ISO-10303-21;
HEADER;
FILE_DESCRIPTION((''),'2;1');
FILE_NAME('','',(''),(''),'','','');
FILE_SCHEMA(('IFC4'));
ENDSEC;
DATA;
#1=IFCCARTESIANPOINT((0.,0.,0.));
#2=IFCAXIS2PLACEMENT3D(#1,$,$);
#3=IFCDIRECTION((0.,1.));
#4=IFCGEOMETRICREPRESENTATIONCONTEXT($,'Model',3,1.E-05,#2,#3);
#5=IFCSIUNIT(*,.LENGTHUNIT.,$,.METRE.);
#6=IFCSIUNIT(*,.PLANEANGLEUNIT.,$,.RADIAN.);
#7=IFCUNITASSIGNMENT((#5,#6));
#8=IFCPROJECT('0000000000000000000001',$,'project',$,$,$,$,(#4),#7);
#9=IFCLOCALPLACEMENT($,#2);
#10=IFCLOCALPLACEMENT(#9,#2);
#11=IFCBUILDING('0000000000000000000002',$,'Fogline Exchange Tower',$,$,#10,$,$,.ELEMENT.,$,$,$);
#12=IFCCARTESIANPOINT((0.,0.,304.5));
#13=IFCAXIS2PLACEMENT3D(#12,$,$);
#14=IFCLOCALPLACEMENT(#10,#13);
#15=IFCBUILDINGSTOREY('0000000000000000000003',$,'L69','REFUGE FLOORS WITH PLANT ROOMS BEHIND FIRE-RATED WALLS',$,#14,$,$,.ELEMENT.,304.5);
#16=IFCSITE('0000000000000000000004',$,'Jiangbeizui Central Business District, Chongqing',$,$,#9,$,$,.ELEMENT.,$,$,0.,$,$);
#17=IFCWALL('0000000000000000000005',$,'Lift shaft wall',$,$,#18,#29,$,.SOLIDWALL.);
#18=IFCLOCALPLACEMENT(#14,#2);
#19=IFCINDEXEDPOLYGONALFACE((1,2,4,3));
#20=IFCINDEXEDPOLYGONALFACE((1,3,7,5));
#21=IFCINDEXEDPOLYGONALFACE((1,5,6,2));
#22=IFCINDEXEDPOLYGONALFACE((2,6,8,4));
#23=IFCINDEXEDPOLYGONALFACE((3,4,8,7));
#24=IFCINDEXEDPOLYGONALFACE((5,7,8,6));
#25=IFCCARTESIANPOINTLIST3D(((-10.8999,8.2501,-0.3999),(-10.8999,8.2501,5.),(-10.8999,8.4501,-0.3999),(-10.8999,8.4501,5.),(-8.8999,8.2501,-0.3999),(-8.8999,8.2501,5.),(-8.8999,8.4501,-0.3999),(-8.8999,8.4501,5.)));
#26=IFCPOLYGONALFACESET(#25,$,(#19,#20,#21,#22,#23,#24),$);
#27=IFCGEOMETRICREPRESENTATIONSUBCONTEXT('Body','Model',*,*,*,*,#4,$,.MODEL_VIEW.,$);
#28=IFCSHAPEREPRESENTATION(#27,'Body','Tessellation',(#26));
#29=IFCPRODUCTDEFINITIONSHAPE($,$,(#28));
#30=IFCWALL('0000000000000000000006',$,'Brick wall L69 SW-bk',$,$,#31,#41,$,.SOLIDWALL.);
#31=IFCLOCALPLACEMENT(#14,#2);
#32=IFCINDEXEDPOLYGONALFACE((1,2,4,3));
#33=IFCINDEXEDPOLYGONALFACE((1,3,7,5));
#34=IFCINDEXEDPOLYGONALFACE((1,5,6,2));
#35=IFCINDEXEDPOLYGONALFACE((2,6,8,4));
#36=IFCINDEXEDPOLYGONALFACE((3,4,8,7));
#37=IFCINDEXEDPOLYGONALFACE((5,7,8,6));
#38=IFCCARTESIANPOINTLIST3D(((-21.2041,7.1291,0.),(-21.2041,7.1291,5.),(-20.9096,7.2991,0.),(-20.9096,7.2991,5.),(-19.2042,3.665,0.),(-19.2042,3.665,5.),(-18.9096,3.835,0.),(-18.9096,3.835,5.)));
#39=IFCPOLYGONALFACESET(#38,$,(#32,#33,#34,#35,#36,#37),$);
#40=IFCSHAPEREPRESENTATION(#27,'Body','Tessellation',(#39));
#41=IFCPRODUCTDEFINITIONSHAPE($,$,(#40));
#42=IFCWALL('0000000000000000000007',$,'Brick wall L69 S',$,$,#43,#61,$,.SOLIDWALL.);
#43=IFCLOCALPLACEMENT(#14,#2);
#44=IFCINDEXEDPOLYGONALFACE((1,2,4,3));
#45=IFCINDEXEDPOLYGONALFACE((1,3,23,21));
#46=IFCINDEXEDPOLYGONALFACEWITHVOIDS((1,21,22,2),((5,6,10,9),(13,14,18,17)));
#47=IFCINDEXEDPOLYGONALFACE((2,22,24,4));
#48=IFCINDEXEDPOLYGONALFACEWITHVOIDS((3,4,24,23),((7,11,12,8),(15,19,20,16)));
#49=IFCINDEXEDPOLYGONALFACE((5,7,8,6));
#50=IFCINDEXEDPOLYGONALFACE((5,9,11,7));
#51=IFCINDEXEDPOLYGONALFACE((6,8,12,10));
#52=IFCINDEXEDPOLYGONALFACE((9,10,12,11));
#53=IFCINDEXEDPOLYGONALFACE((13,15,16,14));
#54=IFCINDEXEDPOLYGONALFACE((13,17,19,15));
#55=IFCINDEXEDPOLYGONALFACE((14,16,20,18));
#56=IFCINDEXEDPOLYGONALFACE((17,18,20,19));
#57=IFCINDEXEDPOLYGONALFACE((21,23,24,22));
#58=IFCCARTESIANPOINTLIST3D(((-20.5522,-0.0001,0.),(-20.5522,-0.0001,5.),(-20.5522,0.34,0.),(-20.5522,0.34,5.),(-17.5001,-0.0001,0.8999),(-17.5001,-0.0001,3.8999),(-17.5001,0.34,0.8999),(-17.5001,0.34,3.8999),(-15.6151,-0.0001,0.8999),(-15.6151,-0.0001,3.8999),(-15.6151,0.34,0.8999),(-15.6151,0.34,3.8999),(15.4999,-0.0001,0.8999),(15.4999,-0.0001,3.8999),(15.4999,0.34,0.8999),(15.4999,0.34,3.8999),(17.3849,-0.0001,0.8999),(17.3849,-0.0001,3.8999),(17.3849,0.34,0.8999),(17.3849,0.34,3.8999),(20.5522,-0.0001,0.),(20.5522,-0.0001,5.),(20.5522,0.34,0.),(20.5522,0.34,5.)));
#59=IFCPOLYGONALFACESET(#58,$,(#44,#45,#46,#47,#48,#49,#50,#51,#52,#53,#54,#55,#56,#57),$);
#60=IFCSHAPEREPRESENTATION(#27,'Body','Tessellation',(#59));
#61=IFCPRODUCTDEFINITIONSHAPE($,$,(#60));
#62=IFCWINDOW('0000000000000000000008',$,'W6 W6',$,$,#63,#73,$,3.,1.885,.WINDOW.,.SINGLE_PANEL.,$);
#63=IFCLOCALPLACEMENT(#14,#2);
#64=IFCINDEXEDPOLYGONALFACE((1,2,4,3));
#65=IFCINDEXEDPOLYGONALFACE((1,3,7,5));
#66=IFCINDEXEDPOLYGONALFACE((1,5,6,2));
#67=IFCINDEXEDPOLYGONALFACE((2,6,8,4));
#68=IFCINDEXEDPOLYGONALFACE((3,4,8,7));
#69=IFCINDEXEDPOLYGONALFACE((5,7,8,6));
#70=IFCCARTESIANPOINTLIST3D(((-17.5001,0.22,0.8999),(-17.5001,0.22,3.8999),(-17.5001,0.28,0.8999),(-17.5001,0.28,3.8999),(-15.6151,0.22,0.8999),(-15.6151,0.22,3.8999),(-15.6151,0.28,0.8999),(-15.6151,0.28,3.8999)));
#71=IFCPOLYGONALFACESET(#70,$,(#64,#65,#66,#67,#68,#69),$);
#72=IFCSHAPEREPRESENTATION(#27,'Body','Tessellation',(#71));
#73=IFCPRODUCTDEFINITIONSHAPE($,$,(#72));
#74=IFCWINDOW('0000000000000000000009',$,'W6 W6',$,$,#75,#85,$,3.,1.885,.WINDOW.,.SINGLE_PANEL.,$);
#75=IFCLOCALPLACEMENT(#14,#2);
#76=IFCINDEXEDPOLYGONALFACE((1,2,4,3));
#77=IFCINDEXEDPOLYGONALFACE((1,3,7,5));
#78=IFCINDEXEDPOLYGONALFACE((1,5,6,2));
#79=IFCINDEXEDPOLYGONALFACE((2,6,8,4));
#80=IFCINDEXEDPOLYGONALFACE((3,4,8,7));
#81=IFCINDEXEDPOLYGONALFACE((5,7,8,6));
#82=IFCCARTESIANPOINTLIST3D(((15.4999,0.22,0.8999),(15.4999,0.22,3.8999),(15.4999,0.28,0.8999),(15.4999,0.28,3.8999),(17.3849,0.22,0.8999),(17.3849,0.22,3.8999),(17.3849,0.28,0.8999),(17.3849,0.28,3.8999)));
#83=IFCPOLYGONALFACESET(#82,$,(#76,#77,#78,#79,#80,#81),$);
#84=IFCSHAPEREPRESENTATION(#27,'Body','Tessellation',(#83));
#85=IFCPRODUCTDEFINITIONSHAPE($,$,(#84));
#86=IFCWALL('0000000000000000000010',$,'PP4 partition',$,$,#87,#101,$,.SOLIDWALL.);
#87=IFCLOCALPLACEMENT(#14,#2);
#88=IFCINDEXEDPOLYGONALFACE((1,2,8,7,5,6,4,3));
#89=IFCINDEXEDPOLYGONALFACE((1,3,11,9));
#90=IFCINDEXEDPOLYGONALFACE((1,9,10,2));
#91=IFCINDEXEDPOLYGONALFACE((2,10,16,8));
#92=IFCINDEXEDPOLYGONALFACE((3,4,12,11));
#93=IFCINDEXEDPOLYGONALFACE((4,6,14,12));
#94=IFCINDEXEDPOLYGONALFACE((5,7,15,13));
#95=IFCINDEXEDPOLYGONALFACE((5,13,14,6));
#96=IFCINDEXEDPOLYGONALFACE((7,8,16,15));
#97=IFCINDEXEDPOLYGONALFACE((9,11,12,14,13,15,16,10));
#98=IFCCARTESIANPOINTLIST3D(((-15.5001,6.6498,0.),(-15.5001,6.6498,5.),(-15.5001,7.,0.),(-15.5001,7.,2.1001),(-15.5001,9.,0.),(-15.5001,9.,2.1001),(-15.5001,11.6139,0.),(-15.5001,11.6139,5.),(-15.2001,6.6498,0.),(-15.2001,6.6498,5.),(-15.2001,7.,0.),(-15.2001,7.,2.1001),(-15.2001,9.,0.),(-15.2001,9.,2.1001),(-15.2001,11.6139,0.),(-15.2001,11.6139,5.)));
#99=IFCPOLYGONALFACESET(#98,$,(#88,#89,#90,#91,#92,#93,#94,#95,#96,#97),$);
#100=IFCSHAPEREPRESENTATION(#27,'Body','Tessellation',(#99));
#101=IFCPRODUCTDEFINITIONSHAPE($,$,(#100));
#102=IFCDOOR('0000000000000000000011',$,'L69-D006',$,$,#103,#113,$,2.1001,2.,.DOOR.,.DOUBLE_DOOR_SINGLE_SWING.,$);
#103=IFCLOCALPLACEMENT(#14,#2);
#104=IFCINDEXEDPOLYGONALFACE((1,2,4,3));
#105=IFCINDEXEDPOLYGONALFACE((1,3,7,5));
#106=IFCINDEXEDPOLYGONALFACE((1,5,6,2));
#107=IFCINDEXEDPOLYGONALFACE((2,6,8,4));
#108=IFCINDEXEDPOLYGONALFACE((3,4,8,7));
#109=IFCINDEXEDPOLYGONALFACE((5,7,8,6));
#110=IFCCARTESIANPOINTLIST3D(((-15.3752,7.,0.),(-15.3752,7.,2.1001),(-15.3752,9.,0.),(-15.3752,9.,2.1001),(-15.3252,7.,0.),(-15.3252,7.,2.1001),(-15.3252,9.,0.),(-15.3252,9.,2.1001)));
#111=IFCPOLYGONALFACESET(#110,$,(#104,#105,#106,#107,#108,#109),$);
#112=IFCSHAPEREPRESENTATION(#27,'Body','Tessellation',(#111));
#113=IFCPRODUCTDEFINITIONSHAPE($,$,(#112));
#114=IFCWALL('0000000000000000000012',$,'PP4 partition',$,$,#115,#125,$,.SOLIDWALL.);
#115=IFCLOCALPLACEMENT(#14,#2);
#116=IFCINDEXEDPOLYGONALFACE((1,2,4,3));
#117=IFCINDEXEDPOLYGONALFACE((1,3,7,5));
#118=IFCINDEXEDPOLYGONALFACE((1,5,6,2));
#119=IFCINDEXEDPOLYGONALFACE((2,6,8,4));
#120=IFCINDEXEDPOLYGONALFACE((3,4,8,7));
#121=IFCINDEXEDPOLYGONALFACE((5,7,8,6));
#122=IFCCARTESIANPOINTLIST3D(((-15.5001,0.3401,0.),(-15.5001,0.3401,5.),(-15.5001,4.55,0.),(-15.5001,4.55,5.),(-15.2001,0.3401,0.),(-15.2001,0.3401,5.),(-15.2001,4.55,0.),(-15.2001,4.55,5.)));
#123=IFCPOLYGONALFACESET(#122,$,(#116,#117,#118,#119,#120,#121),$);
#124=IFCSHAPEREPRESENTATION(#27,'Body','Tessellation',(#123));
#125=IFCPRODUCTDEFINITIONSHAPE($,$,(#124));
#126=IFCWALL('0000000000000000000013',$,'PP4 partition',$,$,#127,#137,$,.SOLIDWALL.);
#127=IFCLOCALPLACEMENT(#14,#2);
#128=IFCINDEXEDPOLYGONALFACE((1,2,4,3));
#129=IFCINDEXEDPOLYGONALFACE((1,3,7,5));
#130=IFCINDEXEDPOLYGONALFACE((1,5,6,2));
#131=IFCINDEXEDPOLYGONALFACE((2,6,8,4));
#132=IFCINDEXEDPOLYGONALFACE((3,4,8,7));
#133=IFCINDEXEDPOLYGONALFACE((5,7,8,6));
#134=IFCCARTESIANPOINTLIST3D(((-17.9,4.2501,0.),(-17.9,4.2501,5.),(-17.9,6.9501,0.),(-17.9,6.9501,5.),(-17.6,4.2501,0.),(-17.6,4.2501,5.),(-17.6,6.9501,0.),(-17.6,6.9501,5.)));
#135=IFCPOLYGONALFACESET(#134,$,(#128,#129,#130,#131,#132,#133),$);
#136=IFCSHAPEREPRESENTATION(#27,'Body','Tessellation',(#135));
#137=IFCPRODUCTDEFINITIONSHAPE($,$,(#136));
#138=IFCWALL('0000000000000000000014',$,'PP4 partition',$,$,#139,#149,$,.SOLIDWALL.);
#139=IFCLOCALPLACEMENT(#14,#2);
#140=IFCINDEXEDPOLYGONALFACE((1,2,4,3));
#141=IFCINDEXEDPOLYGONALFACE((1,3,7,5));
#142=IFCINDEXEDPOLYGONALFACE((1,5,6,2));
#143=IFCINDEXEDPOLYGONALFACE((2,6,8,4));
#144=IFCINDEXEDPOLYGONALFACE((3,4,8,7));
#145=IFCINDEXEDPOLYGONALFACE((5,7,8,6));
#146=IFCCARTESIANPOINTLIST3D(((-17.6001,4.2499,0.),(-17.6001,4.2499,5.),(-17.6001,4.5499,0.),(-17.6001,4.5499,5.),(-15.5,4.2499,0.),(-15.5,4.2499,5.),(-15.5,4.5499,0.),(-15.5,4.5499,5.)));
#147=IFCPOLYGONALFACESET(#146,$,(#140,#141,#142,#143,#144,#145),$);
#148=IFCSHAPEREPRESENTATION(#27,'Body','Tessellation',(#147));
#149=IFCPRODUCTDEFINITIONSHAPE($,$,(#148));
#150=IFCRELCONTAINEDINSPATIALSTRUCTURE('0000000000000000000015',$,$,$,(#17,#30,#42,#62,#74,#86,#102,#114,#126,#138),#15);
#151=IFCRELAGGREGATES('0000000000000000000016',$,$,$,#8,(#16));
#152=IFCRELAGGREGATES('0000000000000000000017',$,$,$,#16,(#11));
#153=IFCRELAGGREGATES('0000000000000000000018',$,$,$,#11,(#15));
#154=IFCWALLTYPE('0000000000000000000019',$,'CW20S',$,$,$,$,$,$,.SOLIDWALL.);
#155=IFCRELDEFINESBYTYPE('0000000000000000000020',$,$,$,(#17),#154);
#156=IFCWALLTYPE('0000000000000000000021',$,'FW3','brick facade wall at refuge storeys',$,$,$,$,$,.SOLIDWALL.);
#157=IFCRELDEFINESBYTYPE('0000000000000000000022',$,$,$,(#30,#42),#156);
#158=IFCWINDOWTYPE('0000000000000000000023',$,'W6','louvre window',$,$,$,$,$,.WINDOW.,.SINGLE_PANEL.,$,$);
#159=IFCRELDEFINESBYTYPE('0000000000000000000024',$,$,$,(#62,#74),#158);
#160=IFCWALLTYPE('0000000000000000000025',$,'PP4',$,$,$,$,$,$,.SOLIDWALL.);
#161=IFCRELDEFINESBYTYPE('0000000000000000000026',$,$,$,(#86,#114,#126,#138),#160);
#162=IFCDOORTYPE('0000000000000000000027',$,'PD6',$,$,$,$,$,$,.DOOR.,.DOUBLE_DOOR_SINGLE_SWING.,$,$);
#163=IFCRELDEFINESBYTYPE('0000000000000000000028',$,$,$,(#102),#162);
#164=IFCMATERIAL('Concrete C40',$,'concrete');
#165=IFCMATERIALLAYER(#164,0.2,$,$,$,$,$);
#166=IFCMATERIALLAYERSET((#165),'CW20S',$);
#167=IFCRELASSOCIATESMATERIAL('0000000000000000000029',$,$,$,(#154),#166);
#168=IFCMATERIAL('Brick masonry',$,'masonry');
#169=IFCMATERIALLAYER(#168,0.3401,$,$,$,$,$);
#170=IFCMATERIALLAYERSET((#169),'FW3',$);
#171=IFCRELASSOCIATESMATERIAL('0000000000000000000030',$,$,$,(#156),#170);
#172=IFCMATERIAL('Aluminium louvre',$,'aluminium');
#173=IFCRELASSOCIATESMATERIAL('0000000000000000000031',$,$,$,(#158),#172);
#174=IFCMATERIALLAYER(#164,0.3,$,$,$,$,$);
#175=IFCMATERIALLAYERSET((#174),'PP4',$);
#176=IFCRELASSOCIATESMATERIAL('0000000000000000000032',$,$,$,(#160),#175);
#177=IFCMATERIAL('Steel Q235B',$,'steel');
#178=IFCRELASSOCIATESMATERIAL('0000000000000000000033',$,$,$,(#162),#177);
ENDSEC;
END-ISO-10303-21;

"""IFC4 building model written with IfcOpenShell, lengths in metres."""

from ifc_helpers import new_model, si_unit, direction, frame, frame_2d, origin, place, context, subcontext, project, spatial, rectangle, extrude, material, layer, layer_set, type_object, element, fill, save


model = new_model("IFC4")

# Units and contexts
model_context = context("Model", 3, precision=1e-05, world=origin(), true_north=direction((0.0, 1.0)))
body_context = subcontext(model_context, "Body", "Model", "MODEL_VIEW")
ifc_project = project(units=[si_unit("LENGTHUNIT", "METRE"), si_unit("PLANEANGLEUNIT", "RADIAN")], contexts=[model_context])

# Site, building, storey
site_placement = place(None, origin())
site = spatial("IfcSite", under=ifc_project, at=site_placement, Name="Jiangbeizui Central Business District, Chongqing", CompositionType="ELEMENT", RefElevation=0.0)
building_placement = place(site_placement, origin())
building = spatial("IfcBuilding", under=site, at=building_placement, Name="Fogline Exchange Tower", CompositionType="ELEMENT")
storey_placement = place(building_placement, frame((0.0, 0.0, 304.5)))
storey = spatial("IfcBuildingStorey", under=building, at=storey_placement, Name="L69", Description="REFUGE FLOORS WITH PLANT ROOMS BEHIND FIRE-RATED WALLS", CompositionType="ELEMENT", Elevation=304.5)

# Shared definitions
ifc_material_1 = material(Name="Concrete C40", Category="concrete")

# Walls
ifc_layer_1 = layer(ifc_material_1, 0.2)
ifc_layer_set_1 = layer_set([ifc_layer_1], Name="CW20S")
wall_type_1 = type_object("IfcWallType", Name="CW20S", PredefinedType="SOLIDWALL", material=ifc_layer_set_1)
wall_1_placement = place(storey_placement, frame((-10.8999, 8.3501, -0.3999), z_axis=(0.0, 0.0, 1.0), x_axis=(1.0, 0.0, 0.0)))
element("IfcWall", 1, at=wall_1_placement, inside=storey, type_object=wall_type_1, Name="Lift shaft wall", PredefinedType="SOLIDWALL", context=body_context, shape_type="SweptSolid", body=[
    extrude(rectangle(XDim=2.0, YDim=0.2, at=frame_2d((1.0, 0.0))), origin(), (0.0, 0.0, 1.0), 5.3999),
])
ifc_material_2 = material(Name="Brick masonry", Category="masonry")
ifc_layer_2 = layer(ifc_material_2, 0.3401)
ifc_layer_set_2 = layer_set([ifc_layer_2], Name="FW3")
wall_type_2 = type_object("IfcWallType", Name="FW3", Description="brick facade wall at refuge storeys", PredefinedType="SOLIDWALL", material=ifc_layer_set_2)
wall_2_placement = place(storey_placement, frame((-21.0569, 7.2141, 0.0), z_axis=(0.0, 0.0, 1.0), x_axis=(0.499999, -0.866026, 0.0)))
element("IfcWall", 2, at=wall_2_placement, inside=storey, type_object=wall_type_2, Name="Brick wall L69 SW-bk", PredefinedType="SOLIDWALL", context=body_context, shape_type="SweptSolid", body=[
    extrude(rectangle(XDim=4.0, YDim=0.3401, at=frame_2d((2.0, 0.0))), origin(), (0.0, 0.0, 1.0), 5.0),
])

# Wall, openings, windows
wall_3_placement = place(storey_placement, frame((-20.5522, 0.1699, 0.0), z_axis=(0.0, 0.0, 1.0), x_axis=(1.0, 0.0, 0.0)))
wall_3 = element("IfcWall", 3, at=wall_3_placement, inside=storey, type_object=wall_type_2, Name="Brick wall L69 S", PredefinedType="SOLIDWALL", context=body_context, shape_type="SweptSolid", body=[
    extrude(rectangle(XDim=41.1045, YDim=0.3401, at=frame_2d((20.5522, 0.0))), origin(), (0.0, 0.0, 1.0), 5.0),
])
opening_1_placement = place(wall_3_placement, frame((3.0522, 0.0, 0.8999)))
opening_1 = element("IfcOpeningElement", 4, at=opening_1_placement, cuts=wall_3, PredefinedType="OPENING", context=body_context, shape_type="SweptSolid", body=[
    extrude(rectangle(XDim=1.885, YDim=3.0, at=frame_2d((0.9424, 1.5))), frame((0.0, 0.1802, 0.0), z_axis=(0.0, -1.0, 0.0), x_axis=(1.0, 0.0, 0.0)), (0.0, 0.0, 1.0), 0.3601),
])
opening_2_placement = place(wall_3_placement, frame((36.0522, 0.0, 0.8999)))
opening_2 = element("IfcOpeningElement", 5, at=opening_2_placement, cuts=wall_3, PredefinedType="OPENING", context=body_context, shape_type="SweptSolid", body=[
    extrude(rectangle(XDim=1.885, YDim=3.0, at=frame_2d((0.9424, 1.5))), frame((0.0, 0.1802, 0.0), z_axis=(0.0, -1.0, 0.0), x_axis=(1.0, 0.0, 0.0)), (0.0, 0.0, 1.0), 0.3601),
])
ifc_material_3 = material(Name="Aluminium louvre", Category="aluminium")
window_type = type_object("IfcWindowType", Name="W6", Description="louvre window", PartitioningType="SINGLE_PANEL", PredefinedType="WINDOW", material=ifc_material_3)
window_1_placement = place(opening_1_placement, origin())
window_1 = element("IfcWindow", 6, at=window_1_placement, inside=storey, type_object=window_type, Name="W6 W6", OverallHeight=3.0, OverallWidth=1.885, PartitioningType="SINGLE_PANEL", PredefinedType="WINDOW", context=body_context, shape_type="SweptSolid", body=[
    extrude(rectangle(XDim=1.885, YDim=3.0, at=frame_2d((0.9424, 1.5))), frame((0.0, 0.1101, 0.0), z_axis=(0.0, -1.0, 0.0), x_axis=(1.0, 0.0, 0.0)), (0.0, 0.0, 1.0), 0.0601),
])
fill(opening_1, window_1)
window_2_placement = place(opening_2_placement, origin())
window_2 = element("IfcWindow", 7, at=window_2_placement, inside=storey, type_object=window_type, Name="W6 W6", OverallHeight=3.0, OverallWidth=1.885, PartitioningType="SINGLE_PANEL", PredefinedType="WINDOW", context=body_context, shape_type="SweptSolid", body=[
    extrude(rectangle(XDim=1.885, YDim=3.0, at=frame_2d((0.9424, 1.5))), frame((0.0, 0.1101, 0.0), z_axis=(0.0, -1.0, 0.0), x_axis=(1.0, 0.0, 0.0)), (0.0, 0.0, 1.0), 0.0601),
])
fill(opening_2, window_2)

# Wall, opening, door
ifc_layer_3 = layer(ifc_material_1, 0.3)
ifc_layer_set_3 = layer_set([ifc_layer_3], Name="PP4")
wall_type_3 = type_object("IfcWallType", Name="PP4", PredefinedType="SOLIDWALL", material=ifc_layer_set_3)
wall_4_placement = place(storey_placement, frame((-15.3501, 6.6499, 0.0), z_axis=(0.0, 0.0, 1.0), x_axis=(0.0, 1.0, 0.0)))
wall_4 = element("IfcWall", 8, at=wall_4_placement, inside=storey, type_object=wall_type_3, Name="PP4 partition", PredefinedType="SOLIDWALL", context=body_context, shape_type="SweptSolid", body=[
    extrude(rectangle(XDim=4.9641, YDim=0.3, at=frame_2d((2.4819, 0.0))), origin(), (0.0, 0.0, 1.0), 5.0),
])
opening_3_placement = place(wall_4_placement, frame((0.3501, 0.0, 0.0)))
opening_3 = element("IfcOpeningElement", 9, at=opening_3_placement, cuts=wall_4, PredefinedType="OPENING", context=body_context, shape_type="SweptSolid", body=[
    extrude(rectangle(XDim=2.0, YDim=2.1001, at=frame_2d((1.0, 1.05))), frame((0.0, 0.1602, 0.0), z_axis=(0.0, -1.0, 0.0), x_axis=(1.0, 0.0, 0.0)), (0.0, 0.0, 1.0), 0.3201),
])
ifc_material_4 = material(Name="Steel Q235B", Category="steel")
door_type_1 = type_object("IfcDoorType", Name="PD6", OperationType="DOUBLE_DOOR_SINGLE_SWING", PredefinedType="DOOR", material=ifc_material_4)
door_1_placement = place(opening_3_placement, frame((2.0, 0.0, 0.0), z_axis=(0.0, 0.0, 1.0), x_axis=(-1.0, 0.0, 0.0)))
door_1 = element("IfcDoor", 10, at=door_1_placement, inside=storey, type_object=door_type_1, Name="L69-D006", OperationType="DOUBLE_DOOR_SINGLE_SWING", OverallHeight=2.1001, OverallWidth=2.0, PredefinedType="DOOR", context=body_context, shape_type="SweptSolid", body=[
    extrude(rectangle(XDim=2.0, YDim=2.1001, at=frame_2d((1.0, 1.05))), frame((0.0, 0.0249, 0.0), z_axis=(0.0, -1.0, 0.0), x_axis=(1.0, 0.0, 0.0)), (0.0, 0.0, 1.0), 0.05),
])
fill(opening_3, door_1)

# Walls
wall_5_placement = place(storey_placement, frame((-15.3501, 0.3401, 0.0), z_axis=(0.0, 0.0, 1.0), x_axis=(0.0, 1.0, 0.0)))
element("IfcWall", 11, at=wall_5_placement, inside=storey, type_object=wall_type_3, Name="PP4 partition", PredefinedType="SOLIDWALL", context=body_context, shape_type="SweptSolid", body=[
    extrude(rectangle(XDim=4.21, YDim=0.3, at=frame_2d((2.105, 0.0))), origin(), (0.0, 0.0, 1.0), 5.0),
])
wall_6_placement = place(storey_placement, frame((-17.75, 4.25, 0.0), z_axis=(0.0, 0.0, 1.0), x_axis=(0.0, 1.0, 0.0)))
element("IfcWall", 12, at=wall_6_placement, inside=storey, type_object=wall_type_3, Name="PP4 partition", PredefinedType="SOLIDWALL", context=body_context, shape_type="SweptSolid", body=[
    extrude(rectangle(XDim=2.7, YDim=0.3, at=frame_2d((1.3501, 0.0))), origin(), (0.0, 0.0, 1.0), 5.0),
])
wall_7_placement = place(storey_placement, frame((-15.5, 4.3999, 0.0), z_axis=(0.0, 0.0, 1.0), x_axis=(-1.0, 0.0, 0.0)))
element("IfcWall", 13, at=wall_7_placement, inside=storey, type_object=wall_type_3, Name="PP4 partition", PredefinedType="SOLIDWALL", context=body_context, shape_type="SweptSolid", body=[
    extrude(rectangle(XDim=2.1001, YDim=0.3, at=frame_2d((1.05, 0.0))), origin(), (0.0, 0.0, 1.0), 5.0),
])

save(model, "model.ifc")
